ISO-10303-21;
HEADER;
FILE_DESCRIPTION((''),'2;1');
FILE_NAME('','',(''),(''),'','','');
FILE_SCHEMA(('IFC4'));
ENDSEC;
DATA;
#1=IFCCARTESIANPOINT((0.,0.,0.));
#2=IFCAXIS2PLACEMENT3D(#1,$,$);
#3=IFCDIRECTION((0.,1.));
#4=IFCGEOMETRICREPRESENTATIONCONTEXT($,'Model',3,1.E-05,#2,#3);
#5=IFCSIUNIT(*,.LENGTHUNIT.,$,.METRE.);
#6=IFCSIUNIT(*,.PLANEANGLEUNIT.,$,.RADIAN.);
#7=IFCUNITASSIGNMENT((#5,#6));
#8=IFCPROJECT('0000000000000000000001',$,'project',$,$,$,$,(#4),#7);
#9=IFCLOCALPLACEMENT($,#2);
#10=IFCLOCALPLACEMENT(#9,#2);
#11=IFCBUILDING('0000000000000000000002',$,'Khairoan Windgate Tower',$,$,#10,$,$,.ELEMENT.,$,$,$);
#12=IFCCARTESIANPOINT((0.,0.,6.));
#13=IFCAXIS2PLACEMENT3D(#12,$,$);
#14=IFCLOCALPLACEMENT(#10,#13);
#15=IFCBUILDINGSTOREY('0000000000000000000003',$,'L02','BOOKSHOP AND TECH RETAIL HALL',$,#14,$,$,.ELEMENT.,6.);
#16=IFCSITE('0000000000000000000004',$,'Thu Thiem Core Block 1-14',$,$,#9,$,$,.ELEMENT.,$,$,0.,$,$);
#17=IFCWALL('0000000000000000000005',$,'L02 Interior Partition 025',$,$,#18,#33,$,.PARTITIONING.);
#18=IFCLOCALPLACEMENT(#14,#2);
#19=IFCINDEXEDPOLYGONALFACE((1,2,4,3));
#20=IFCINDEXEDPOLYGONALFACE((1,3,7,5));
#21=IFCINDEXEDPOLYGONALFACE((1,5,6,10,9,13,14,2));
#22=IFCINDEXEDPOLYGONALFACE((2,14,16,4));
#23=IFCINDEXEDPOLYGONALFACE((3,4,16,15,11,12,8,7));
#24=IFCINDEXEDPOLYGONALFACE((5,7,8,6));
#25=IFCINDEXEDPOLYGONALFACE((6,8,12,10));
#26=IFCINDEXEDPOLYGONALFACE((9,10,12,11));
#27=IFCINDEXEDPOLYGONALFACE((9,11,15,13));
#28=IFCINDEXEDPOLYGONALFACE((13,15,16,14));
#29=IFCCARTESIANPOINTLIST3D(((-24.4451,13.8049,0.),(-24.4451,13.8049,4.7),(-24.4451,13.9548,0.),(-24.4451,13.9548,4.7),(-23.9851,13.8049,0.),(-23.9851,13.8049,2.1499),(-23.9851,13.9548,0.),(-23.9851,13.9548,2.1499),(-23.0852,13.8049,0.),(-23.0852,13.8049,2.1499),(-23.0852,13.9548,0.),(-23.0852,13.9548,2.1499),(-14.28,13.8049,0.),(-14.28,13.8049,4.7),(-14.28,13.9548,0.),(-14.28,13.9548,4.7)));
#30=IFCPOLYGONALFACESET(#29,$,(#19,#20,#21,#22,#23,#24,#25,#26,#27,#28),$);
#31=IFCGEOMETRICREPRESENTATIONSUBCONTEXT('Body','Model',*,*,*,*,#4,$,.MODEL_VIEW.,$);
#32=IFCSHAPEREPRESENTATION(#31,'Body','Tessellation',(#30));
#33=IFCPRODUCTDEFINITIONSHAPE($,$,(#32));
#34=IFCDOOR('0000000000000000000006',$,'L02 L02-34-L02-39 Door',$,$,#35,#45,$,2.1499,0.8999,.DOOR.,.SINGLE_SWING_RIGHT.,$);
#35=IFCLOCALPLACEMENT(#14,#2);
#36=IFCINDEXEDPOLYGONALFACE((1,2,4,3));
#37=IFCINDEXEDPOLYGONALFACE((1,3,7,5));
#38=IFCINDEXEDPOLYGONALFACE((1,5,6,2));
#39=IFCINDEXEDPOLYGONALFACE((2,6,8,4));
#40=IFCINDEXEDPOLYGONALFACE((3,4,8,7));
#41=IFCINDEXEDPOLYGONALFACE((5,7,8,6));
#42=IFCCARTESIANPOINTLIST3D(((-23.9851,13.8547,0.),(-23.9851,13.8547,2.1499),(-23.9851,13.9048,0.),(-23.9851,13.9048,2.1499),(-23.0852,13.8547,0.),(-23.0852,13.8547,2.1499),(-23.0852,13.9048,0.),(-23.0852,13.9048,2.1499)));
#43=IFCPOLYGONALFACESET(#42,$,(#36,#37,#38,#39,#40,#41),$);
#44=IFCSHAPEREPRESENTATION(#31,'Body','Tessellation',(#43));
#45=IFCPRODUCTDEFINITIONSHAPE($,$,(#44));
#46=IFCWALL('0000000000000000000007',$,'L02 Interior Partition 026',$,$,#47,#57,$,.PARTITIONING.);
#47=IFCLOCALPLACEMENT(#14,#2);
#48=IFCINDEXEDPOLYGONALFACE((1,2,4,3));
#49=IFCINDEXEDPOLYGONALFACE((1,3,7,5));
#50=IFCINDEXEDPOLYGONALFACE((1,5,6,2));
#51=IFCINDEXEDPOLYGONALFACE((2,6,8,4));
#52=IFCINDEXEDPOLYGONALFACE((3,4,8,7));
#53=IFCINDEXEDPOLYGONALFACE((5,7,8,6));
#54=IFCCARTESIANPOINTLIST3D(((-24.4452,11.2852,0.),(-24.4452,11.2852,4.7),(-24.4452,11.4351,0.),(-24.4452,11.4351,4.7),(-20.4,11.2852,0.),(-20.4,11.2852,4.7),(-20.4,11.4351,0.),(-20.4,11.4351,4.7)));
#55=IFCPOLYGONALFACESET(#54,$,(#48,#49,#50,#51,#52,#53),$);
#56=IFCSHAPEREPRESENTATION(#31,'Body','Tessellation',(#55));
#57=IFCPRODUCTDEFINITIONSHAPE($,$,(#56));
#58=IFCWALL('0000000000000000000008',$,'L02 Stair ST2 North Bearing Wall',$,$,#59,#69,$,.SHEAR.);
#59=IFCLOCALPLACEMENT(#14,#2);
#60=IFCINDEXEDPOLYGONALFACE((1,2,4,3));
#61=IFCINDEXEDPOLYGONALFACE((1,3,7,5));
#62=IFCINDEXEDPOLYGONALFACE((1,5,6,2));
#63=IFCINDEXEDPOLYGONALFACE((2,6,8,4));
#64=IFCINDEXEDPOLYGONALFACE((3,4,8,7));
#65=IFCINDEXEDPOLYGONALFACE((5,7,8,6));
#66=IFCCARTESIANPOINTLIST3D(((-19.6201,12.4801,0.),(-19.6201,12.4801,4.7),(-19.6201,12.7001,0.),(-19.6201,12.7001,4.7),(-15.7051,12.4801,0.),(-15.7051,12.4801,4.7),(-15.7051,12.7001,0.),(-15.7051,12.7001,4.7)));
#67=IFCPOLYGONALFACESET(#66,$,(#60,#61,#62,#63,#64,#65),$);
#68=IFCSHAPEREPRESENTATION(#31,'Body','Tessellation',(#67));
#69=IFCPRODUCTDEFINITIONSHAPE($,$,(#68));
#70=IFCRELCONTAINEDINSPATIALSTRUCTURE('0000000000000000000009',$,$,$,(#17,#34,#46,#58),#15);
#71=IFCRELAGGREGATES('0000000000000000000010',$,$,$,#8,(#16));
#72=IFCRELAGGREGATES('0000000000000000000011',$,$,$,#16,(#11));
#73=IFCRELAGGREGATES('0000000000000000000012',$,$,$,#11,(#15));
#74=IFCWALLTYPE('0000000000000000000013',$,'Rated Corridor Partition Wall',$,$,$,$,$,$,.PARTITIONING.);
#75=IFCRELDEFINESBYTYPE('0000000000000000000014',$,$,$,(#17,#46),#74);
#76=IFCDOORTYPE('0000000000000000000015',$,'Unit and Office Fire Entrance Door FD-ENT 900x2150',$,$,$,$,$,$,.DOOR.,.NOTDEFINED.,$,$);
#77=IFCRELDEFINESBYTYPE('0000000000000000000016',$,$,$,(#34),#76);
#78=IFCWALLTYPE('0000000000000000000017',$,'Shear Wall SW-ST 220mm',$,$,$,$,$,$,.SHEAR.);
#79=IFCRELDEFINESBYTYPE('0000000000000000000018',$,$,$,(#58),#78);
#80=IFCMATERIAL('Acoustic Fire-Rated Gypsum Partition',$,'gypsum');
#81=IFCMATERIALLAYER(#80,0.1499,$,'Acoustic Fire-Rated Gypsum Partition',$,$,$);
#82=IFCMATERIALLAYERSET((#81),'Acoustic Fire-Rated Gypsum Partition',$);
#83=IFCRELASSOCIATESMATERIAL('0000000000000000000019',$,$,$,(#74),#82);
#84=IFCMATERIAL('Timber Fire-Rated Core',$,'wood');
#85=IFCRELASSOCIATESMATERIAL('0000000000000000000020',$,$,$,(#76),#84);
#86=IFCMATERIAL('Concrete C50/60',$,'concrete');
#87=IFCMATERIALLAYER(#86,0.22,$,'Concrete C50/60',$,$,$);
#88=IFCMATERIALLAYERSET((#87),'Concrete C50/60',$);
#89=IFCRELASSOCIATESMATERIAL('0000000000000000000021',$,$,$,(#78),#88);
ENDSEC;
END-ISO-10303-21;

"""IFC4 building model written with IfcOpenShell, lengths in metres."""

from ifc_helpers import new_model, si_unit, direction, frame, frame_2d, origin, place, context, subcontext, project, spatial, rectangle, extrude, material, layer, layer_set, type_object, element, fill, save


model = new_model("IFC4")

# Units and contexts
model_context = context("Model", 3, precision=1e-05, world=origin(), true_north=direction((0.0, 1.0)))
body_context = subcontext(model_context, "Body", "Model", "MODEL_VIEW")
ifc_project = project(units=[si_unit("LENGTHUNIT", "METRE"), si_unit("PLANEANGLEUNIT", "RADIAN")], contexts=[model_context])

# Site, building, storey
site_placement = place(None, origin())
site = spatial("IfcSite", under=ifc_project, at=site_placement, Name="Thu Thiem Core Block 1-14", CompositionType="ELEMENT", RefElevation=0.0)
building_placement = place(site_placement, origin())
building = spatial("IfcBuilding", under=site, at=building_placement, Name="Khairoan Windgate Tower", CompositionType="ELEMENT")
storey_placement = place(building_placement, frame((0.0, 0.0, 6.0)))
storey = spatial("IfcBuildingStorey", under=building, at=storey_placement, Name="L02", Description="BOOKSHOP AND TECH RETAIL HALL", CompositionType="ELEMENT", Elevation=6.0)

# Wall, opening, door
ifc_material_1 = material(Name="Acoustic Fire-Rated Gypsum Partition", Category="gypsum")
ifc_layer_1 = layer(ifc_material_1, 0.1499, Name="Acoustic Fire-Rated Gypsum Partition")
ifc_layer_set_1 = layer_set([ifc_layer_1], Name="Acoustic Fire-Rated Gypsum Partition")
wall_type_1 = type_object("IfcWallType", Name="Rated Corridor Partition Wall", PredefinedType="PARTITIONING", material=ifc_layer_set_1)
ifc_material_2 = material(Name="Timber Fire-Rated Core", Category="wood")
door_type = type_object("IfcDoorType", Name="Unit and Office Fire Entrance Door FD-ENT 900x2150", OperationType="NOTDEFINED", PredefinedType="DOOR", material=ifc_material_2)
wall_1_placement = place(storey_placement, frame((-24.4451, 13.8799, 0.0), z_axis=(0.0, 0.0, 1.0), x_axis=(1.0, 0.0, 0.0)))
wall_1 = element("IfcWall", 1, at=wall_1_placement, inside=storey, type_object=wall_type_1, Name="L02 Interior Partition 025", PredefinedType="PARTITIONING", context=body_context, shape_type="SweptSolid", body=[
    extrude(rectangle(XDim=10.165, YDim=0.1499, at=frame_2d((5.0825, 0.0))), origin(), (0.0, 0.0, 1.0), 4.7),
])
opening_1_placement = place(wall_1_placement, frame((0.46, 0.0, 0.0)))
opening_1 = element("IfcOpeningElement", 2, at=opening_1_placement, cuts=wall_1, PredefinedType="OPENING", context=body_context, shape_type="SweptSolid", body=[
    extrude(rectangle(XDim=0.8999, YDim=2.1499, at=frame_2d((0.45, 1.075))), frame((0.0, 0.085, 0.0), z_axis=(0.0, -1.0, 0.0), x_axis=(1.0, 0.0, 0.0)), (0.0, 0.0, 1.0), 0.1699),
])
door_1_placement = place(opening_1_placement, origin())
door_1 = element("IfcDoor", 3, at=door_1_placement, inside=storey, type_object=door_type, Name="L02 L02-34-L02-39 Door", OperationType="SINGLE_SWING_RIGHT", OverallHeight=2.1499, OverallWidth=0.8999, PredefinedType="DOOR", context=body_context, shape_type="SweptSolid", body=[
    extrude(rectangle(XDim=0.8999, YDim=2.1499, at=frame_2d((0.45, 1.075))), frame((0.0, 0.0249, 0.0), z_axis=(0.0, -1.0, 0.0), x_axis=(1.0, 0.0, 0.0)), (0.0, 0.0, 1.0), 0.05),
])
fill(opening_1, door_1)

# Walls
wall_2_placement = place(storey_placement, frame((-24.4451, 11.3601, 0.0), z_axis=(0.0, 0.0, 1.0), x_axis=(1.0, 0.0, 0.0)))
element("IfcWall", 4, at=wall_2_placement, inside=storey, type_object=wall_type_1, Name="L02 Interior Partition 026", PredefinedType="PARTITIONING", context=body_context, shape_type="SweptSolid", body=[
    extrude(rectangle(XDim=4.0452, YDim=0.1499, at=frame_2d((2.0225, 0.0))), origin(), (0.0, 0.0, 1.0), 4.7),
])
ifc_material_3 = material(Name="Concrete C50/60", Category="concrete")
ifc_layer_2 = layer(ifc_material_3, 0.22, Name="Concrete C50/60")
ifc_layer_set_2 = layer_set([ifc_layer_2], Name="Concrete C50/60")
wall_type_2 = type_object("IfcWallType", Name="Shear Wall SW-ST 220mm", PredefinedType="SHEAR", material=ifc_layer_set_2)
wall_3_placement = place(storey_placement, frame((-19.6201, 12.5901, 0.0), z_axis=(0.0, 0.0, 1.0), x_axis=(1.0, 0.0, 0.0)))
element("IfcWall", 5, at=wall_3_placement, inside=storey, type_object=wall_type_2, Name="L02 Stair ST2 North Bearing Wall", PredefinedType="SHEAR", context=body_context, shape_type="SweptSolid", body=[
    extrude(rectangle(XDim=3.915, YDim=0.22, at=frame_2d((1.9575, 0.0))), origin(), (0.0, 0.0, 1.0), 4.7),
])

save(model, "model.ifc")
